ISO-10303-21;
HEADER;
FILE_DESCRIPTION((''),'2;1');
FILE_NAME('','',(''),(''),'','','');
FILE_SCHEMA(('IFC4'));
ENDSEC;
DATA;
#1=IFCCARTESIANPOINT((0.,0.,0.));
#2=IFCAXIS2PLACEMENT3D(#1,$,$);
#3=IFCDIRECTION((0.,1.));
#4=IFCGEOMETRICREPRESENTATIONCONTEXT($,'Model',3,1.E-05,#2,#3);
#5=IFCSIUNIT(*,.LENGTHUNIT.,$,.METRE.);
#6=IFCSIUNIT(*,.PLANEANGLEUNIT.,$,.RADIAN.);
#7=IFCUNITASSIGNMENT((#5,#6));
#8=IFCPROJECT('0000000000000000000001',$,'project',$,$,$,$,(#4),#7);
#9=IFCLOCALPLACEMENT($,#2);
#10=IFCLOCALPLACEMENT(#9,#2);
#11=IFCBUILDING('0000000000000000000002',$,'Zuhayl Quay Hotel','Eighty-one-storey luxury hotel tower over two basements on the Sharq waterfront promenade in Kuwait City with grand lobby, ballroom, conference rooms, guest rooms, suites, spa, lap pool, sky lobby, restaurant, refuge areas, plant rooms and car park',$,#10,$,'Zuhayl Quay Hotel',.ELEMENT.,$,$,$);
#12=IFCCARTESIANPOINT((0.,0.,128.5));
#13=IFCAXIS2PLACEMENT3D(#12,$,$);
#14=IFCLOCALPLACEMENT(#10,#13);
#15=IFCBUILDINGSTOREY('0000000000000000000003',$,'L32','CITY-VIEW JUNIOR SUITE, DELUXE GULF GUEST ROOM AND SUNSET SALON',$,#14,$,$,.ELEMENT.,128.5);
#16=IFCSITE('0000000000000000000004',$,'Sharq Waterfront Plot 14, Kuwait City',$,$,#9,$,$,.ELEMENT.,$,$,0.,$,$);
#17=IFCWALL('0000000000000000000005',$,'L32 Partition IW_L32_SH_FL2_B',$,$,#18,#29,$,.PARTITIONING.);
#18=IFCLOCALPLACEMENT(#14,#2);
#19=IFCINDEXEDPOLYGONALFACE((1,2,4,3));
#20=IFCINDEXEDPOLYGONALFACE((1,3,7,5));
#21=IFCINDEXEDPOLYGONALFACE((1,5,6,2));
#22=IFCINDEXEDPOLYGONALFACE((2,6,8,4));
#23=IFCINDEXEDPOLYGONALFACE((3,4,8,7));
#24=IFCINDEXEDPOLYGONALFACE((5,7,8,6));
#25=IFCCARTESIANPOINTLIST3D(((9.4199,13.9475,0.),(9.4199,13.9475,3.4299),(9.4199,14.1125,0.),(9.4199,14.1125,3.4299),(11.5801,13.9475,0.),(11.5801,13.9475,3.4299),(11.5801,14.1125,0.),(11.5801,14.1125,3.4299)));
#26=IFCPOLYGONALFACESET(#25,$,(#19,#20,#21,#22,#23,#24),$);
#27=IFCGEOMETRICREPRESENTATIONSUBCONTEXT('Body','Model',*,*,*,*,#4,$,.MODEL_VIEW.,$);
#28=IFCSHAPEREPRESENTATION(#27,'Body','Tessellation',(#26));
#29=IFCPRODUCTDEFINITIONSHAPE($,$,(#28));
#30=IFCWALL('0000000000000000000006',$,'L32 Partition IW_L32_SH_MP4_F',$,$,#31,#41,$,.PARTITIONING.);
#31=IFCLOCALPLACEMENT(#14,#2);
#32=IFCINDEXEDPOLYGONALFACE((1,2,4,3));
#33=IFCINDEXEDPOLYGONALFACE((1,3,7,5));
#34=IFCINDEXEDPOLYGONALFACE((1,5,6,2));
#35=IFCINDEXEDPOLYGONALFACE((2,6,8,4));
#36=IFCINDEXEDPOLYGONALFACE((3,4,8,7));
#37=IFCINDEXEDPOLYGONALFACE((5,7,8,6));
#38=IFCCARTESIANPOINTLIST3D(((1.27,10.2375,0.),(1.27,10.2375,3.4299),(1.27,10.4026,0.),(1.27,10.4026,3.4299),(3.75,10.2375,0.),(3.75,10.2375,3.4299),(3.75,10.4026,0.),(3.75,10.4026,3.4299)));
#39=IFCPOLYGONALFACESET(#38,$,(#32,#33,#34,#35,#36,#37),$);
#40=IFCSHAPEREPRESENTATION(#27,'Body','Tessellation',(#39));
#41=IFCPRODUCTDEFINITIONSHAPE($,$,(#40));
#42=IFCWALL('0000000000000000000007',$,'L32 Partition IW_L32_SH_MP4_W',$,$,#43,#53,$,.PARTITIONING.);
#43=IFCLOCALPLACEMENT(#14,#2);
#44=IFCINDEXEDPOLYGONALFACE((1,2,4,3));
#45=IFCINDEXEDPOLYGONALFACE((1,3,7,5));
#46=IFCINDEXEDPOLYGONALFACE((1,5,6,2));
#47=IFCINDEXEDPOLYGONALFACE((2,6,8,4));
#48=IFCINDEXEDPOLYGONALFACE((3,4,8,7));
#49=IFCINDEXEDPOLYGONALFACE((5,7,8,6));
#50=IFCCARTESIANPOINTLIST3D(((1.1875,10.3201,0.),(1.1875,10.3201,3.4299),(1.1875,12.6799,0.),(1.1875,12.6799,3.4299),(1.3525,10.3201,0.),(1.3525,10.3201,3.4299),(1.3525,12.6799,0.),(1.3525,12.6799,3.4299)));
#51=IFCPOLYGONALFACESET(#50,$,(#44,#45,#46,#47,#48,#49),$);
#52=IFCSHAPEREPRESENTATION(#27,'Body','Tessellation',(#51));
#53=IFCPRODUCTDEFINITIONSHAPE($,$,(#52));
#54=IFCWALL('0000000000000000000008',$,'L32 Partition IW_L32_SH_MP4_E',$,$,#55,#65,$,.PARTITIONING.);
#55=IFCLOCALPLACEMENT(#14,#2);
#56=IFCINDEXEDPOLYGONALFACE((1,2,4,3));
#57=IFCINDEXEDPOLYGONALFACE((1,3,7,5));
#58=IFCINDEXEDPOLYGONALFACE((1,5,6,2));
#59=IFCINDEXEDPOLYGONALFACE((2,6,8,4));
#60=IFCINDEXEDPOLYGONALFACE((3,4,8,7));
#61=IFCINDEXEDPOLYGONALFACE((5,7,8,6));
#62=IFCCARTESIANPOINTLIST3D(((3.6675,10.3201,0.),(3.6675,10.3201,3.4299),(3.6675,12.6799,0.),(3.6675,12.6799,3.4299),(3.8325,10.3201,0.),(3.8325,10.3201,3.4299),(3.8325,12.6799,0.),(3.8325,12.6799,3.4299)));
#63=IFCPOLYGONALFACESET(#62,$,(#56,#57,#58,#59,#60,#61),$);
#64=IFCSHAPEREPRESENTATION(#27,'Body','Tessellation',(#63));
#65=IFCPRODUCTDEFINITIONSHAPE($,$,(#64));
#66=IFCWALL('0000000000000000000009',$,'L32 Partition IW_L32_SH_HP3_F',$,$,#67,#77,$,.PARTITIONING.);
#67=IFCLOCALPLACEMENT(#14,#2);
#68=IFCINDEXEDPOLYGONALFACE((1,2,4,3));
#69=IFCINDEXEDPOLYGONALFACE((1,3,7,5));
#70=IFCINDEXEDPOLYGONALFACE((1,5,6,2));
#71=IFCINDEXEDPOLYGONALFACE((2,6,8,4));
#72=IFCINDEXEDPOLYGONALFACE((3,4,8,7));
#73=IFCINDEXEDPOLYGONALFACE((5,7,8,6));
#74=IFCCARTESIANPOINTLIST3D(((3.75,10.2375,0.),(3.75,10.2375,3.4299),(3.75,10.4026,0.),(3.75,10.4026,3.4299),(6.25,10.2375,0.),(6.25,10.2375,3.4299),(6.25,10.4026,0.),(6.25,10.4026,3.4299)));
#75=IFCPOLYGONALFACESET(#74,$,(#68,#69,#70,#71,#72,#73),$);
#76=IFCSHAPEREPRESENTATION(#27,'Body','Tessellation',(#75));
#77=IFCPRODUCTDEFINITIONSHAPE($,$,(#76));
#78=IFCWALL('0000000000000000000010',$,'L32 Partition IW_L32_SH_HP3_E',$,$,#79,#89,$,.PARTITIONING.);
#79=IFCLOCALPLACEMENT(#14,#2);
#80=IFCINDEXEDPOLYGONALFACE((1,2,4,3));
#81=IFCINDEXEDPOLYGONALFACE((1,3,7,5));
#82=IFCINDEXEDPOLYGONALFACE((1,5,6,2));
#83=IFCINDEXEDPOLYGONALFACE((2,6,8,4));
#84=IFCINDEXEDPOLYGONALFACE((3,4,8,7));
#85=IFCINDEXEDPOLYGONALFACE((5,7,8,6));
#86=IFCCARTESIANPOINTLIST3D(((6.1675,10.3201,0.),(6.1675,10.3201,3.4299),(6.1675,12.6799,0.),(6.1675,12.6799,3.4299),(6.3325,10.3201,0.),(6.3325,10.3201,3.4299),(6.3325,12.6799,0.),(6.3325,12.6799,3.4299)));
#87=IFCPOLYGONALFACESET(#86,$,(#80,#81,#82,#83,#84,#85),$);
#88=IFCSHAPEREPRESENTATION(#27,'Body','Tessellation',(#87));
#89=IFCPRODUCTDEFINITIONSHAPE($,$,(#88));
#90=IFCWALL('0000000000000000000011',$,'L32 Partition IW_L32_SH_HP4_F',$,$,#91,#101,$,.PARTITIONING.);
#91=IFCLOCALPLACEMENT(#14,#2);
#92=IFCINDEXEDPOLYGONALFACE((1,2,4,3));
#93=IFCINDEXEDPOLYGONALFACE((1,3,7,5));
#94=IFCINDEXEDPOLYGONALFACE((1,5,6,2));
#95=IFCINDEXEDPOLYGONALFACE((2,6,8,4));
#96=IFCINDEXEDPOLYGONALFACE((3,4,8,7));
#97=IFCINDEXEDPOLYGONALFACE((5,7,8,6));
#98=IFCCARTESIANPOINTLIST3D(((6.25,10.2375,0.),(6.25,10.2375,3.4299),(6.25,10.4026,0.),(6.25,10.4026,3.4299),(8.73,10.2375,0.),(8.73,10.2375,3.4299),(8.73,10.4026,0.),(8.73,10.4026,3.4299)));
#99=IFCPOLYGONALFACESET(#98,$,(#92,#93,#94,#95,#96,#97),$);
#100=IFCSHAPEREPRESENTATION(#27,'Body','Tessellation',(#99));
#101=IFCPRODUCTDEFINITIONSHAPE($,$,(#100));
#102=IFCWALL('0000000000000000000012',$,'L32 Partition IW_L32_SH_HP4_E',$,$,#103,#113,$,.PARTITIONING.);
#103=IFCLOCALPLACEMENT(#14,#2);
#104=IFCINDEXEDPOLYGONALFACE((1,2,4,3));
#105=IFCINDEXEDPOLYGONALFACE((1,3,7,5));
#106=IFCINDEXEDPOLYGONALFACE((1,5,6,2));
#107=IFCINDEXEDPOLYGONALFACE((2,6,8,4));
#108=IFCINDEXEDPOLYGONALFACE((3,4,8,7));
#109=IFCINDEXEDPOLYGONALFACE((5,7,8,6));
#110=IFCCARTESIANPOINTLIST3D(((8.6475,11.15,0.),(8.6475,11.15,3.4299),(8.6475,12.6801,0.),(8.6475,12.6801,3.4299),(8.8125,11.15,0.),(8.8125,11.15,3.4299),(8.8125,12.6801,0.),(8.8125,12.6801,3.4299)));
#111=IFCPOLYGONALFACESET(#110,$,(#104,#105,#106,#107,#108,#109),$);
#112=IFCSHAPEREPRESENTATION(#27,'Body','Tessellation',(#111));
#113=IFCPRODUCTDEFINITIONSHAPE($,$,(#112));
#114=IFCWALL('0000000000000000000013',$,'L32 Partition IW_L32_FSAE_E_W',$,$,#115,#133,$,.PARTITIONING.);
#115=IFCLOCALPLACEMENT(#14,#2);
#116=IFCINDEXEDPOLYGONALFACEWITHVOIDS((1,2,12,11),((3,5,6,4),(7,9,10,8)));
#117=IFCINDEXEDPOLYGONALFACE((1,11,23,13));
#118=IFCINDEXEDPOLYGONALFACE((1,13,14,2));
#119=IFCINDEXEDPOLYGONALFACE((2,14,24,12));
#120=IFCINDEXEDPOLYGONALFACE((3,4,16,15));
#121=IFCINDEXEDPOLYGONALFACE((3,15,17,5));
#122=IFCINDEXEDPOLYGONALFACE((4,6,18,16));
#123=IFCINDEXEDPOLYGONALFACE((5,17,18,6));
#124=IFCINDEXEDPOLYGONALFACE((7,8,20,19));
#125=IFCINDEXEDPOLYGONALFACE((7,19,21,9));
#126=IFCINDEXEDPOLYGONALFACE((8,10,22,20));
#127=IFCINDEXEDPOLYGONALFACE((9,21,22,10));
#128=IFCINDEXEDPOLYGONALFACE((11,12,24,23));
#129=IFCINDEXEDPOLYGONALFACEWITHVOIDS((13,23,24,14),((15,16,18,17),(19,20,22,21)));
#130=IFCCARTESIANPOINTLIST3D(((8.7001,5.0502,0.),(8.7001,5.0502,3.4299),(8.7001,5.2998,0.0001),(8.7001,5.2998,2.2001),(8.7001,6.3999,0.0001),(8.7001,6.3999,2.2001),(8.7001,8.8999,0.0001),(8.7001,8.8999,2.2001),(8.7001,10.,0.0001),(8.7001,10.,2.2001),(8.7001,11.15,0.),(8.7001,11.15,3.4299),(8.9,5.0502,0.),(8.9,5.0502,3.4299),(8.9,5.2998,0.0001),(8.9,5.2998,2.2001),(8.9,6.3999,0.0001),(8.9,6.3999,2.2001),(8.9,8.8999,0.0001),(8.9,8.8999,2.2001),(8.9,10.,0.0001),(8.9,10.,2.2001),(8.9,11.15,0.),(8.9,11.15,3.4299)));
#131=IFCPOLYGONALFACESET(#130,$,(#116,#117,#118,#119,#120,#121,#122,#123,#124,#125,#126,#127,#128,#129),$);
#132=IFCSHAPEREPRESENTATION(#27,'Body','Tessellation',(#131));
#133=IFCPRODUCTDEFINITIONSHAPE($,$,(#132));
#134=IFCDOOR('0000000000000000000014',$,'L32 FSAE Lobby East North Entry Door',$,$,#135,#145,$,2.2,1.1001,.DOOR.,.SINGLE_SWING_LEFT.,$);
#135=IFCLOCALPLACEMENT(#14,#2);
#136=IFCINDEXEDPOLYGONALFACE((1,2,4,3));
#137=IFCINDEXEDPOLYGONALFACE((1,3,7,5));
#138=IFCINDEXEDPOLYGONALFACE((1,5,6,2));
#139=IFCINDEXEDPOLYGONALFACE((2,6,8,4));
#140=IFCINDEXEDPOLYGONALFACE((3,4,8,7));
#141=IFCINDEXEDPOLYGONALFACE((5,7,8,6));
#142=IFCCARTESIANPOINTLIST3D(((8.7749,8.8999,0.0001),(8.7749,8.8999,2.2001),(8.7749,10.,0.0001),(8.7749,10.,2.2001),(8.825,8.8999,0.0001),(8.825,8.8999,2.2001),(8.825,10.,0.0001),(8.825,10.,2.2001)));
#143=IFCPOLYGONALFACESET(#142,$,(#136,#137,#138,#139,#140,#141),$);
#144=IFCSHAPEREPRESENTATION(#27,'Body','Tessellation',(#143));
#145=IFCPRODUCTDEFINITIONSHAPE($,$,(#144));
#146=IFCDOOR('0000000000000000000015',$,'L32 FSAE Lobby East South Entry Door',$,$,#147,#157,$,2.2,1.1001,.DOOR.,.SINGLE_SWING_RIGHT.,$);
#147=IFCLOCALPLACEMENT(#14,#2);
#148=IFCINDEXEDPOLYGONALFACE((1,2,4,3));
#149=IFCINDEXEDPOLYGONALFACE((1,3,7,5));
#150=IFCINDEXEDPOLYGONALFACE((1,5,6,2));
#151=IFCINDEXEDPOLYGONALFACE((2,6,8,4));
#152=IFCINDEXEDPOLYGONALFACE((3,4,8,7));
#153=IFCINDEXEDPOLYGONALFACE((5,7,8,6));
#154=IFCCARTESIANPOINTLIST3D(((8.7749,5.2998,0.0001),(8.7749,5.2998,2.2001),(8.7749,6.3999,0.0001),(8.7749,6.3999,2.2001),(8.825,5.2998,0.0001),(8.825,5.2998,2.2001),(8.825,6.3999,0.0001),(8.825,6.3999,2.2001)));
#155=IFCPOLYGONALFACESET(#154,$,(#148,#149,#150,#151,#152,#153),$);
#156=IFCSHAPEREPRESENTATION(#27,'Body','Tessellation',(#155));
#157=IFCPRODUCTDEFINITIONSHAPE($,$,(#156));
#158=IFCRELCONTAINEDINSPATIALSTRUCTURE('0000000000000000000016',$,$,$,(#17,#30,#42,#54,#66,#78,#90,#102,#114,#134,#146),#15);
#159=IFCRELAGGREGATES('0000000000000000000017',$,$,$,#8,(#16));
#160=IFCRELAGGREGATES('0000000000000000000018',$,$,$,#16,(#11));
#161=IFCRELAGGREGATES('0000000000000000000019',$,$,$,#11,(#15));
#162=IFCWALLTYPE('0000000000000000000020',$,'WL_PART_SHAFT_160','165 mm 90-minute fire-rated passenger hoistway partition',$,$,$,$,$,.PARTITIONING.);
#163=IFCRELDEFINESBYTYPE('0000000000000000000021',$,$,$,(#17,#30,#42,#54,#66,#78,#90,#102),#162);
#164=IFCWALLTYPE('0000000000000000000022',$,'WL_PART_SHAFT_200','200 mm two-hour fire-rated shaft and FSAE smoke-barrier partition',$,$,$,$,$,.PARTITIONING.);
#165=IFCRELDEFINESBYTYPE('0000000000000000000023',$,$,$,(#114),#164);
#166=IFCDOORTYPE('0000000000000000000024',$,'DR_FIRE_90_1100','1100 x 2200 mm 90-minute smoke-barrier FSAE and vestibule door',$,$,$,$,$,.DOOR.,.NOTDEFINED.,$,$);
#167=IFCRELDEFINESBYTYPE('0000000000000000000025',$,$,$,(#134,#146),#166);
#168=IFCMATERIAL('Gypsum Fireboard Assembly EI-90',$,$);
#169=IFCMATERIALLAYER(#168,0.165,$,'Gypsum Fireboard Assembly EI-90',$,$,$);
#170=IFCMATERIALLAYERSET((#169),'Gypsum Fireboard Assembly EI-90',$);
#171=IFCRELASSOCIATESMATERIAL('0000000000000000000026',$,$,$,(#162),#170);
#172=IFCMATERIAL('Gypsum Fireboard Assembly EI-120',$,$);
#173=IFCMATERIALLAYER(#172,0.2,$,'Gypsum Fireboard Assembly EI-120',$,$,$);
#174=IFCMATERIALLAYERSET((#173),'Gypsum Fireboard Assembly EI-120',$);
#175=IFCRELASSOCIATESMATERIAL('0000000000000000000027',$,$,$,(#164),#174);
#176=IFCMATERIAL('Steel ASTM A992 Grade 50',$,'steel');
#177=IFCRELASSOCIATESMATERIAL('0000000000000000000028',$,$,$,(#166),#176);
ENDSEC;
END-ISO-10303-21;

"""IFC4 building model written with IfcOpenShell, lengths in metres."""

from ifc_helpers import new_model, si_unit, direction, frame, frame_2d, origin, place, context, subcontext, project, spatial, rectangle, extrude, material, layer, layer_set, type_object, element, fill, save


model = new_model("IFC4")

# Units and contexts
model_context = context("Model", 3, precision=1e-05, world=origin(), true_north=direction((0.0, 1.0)))
body_context = subcontext(model_context, "Body", "Model", "MODEL_VIEW")
ifc_project = project(units=[si_unit("LENGTHUNIT", "METRE"), si_unit("PLANEANGLEUNIT", "RADIAN")], contexts=[model_context])

# Site, building, storey
site_placement = place(None, origin())
site = spatial("IfcSite", under=ifc_project, at=site_placement, Name="Sharq Waterfront Plot 14, Kuwait City", CompositionType="ELEMENT", RefElevation=0.0)
building_placement = place(site_placement, origin())
building = spatial("IfcBuilding", under=site, at=building_placement, Name="Zuhayl Quay Hotel", Description="Eighty-one-storey luxury hotel tower over two basements on the Sharq waterfront promenade in Kuwait City with grand lobby, ballroom, conference rooms, guest rooms, suites, spa, lap pool, sky lobby, restaurant, refuge areas, plant rooms and car park", LongName="Zuhayl Quay Hotel", CompositionType="ELEMENT")
storey_placement = place(building_placement, frame((0.0, 0.0, 128.5)))
storey = spatial("IfcBuildingStorey", under=building, at=storey_placement, Name="L32", Description="CITY-VIEW JUNIOR SUITE, DELUXE GULF GUEST ROOM AND SUNSET SALON", CompositionType="ELEMENT", Elevation=128.5)

# Shared definitions
ifc_material_1 = material(Name="Steel ASTM A992 Grade 50", Category="steel")

# Shared definitions
ifc_material_2 = material(Name="Gypsum Fireboard Assembly EI-90")
ifc_layer_1 = layer(ifc_material_2, 0.165, Name="Gypsum Fireboard Assembly EI-90")
ifc_layer_set_1 = layer_set([ifc_layer_1], Name="Gypsum Fireboard Assembly EI-90")
wall_type_1 = type_object("IfcWallType", Name="WL_PART_SHAFT_160", Description="165 mm 90-minute fire-rated passenger hoistway partition", PredefinedType="PARTITIONING", material=ifc_layer_set_1)

# Walls
wall_1_placement = place(storey_placement, frame((9.4199, 14.03, 0.0), z_axis=(0.0, 0.0, 1.0), x_axis=(1.0, 0.0, 0.0)))
element("IfcWall", 1, at=wall_1_placement, inside=storey, type_object=wall_type_1, Name="L32 Partition IW_L32_SH_FL2_B", PredefinedType="PARTITIONING", context=body_context, shape_type="SweptSolid", body=[
    extrude(rectangle(XDim=2.1602, YDim=0.165, at=frame_2d((1.0801, 0.0))), origin(), (0.0, 0.0, 1.0), 3.4299),
])
wall_2_placement = place(storey_placement, frame((1.27, 10.3201, 0.0), z_axis=(0.0, 0.0, 1.0), x_axis=(1.0, 0.0, 0.0)))
element("IfcWall", 2, at=wall_2_placement, inside=storey, type_object=wall_type_1, Name="L32 Partition IW_L32_SH_MP4_F", PredefinedType="PARTITIONING", context=body_context, shape_type="SweptSolid", body=[
    extrude(rectangle(XDim=2.48, YDim=0.165, at=frame_2d((1.24, 0.0))), origin(), (0.0, 0.0, 1.0), 3.4299),
])
for number, where, z_axis, x_axis, name in (
    (3, (1.27, 10.3201, 0.0), (0.0, 0.0, 1.0), (0.0, 1.0, 0.0), "L32 Partition IW_L32_SH_MP4_W"),
    (4, (3.75, 10.3201, 0.0), (0.0, 0.0, 1.0), (0.0, 1.0, 0.0), "L32 Partition IW_L32_SH_MP4_E"),
):
    element("IfcWall", number, at=place(storey_placement, frame(where, z_axis=z_axis, x_axis=x_axis)), inside=storey, type_object=wall_type_1, Name=name, PredefinedType="PARTITIONING", context=body_context, shape_type="SweptSolid", body=[
        extrude(rectangle(XDim=2.3599, YDim=0.165, at=frame_2d((1.1799, 0.0))), origin(), (0.0, 0.0, 1.0), 3.4299),
    ])
wall_3_placement = place(storey_placement, frame((3.75, 10.3201, 0.0), z_axis=(0.0, 0.0, 1.0), x_axis=(1.0, 0.0, 0.0)))
element("IfcWall", 5, at=wall_3_placement, inside=storey, type_object=wall_type_1, Name="L32 Partition IW_L32_SH_HP3_F", PredefinedType="PARTITIONING", context=body_context, shape_type="SweptSolid", body=[
    extrude(rectangle(XDim=2.5, YDim=0.165, at=frame_2d((1.25, 0.0))), origin(), (0.0, 0.0, 1.0), 3.4299),
])
wall_4_placement = place(storey_placement, frame((6.25, 10.3201, 0.0), z_axis=(0.0, 0.0, 1.0), x_axis=(0.0, 1.0, 0.0)))
element("IfcWall", 6, at=wall_4_placement, inside=storey, type_object=wall_type_1, Name="L32 Partition IW_L32_SH_HP3_E", PredefinedType="PARTITIONING", context=body_context, shape_type="SweptSolid", body=[
    extrude(rectangle(XDim=2.3599, YDim=0.165, at=frame_2d((1.1799, 0.0))), origin(), (0.0, 0.0, 1.0), 3.4299),
])
wall_5_placement = place(storey_placement, frame((6.25, 10.3201, 0.0), z_axis=(0.0, 0.0, 1.0), x_axis=(1.0, 0.0, 0.0)))
element("IfcWall", 7, at=wall_5_placement, inside=storey, type_object=wall_type_1, Name="L32 Partition IW_L32_SH_HP4_F", PredefinedType="PARTITIONING", context=body_context, shape_type="SweptSolid", body=[
    extrude(rectangle(XDim=2.48, YDim=0.165, at=frame_2d((1.24, 0.0))), origin(), (0.0, 0.0, 1.0), 3.4299),
])
wall_6_placement = place(storey_placement, frame((8.73, 11.1499, 0.0), z_axis=(0.0, 0.0, 1.0), x_axis=(0.0, 1.0, 0.0)))
element("IfcWall", 8, at=wall_6_placement, inside=storey, type_object=wall_type_1, Name="L32 Partition IW_L32_SH_HP4_E", PredefinedType="PARTITIONING", context=body_context, shape_type="SweptSolid", body=[
    extrude(rectangle(XDim=1.53, YDim=0.165, at=frame_2d((0.7651, 0.0))), origin(), (0.0, 0.0, 1.0), 3.4299),
])

# Wall, openings, doors
ifc_material_3 = material(Name="Gypsum Fireboard Assembly EI-120")
ifc_layer_2 = layer(ifc_material_3, 0.2, Name="Gypsum Fireboard Assembly EI-120")
ifc_layer_set_2 = layer_set([ifc_layer_2], Name="Gypsum Fireboard Assembly EI-120")
wall_type_2 = type_object("IfcWallType", Name="WL_PART_SHAFT_200", Description="200 mm two-hour fire-rated shaft and FSAE smoke-barrier partition", PredefinedType="PARTITIONING", material=ifc_layer_set_2)
wall_7_placement = place(storey_placement, frame((8.8, 11.1499, 0.0), z_axis=(0.0, 0.0, 1.0), x_axis=(0.0, -1.0, 0.0)))
wall_7 = element("IfcWall", 9, at=wall_7_placement, inside=storey, type_object=wall_type_2, Name="L32 Partition IW_L32_FSAE_E_W", PredefinedType="PARTITIONING", context=body_context, shape_type="SweptSolid", body=[
    extrude(rectangle(XDim=6.0999, YDim=0.2, at=frame_2d((3.0498, 0.0))), origin(), (0.0, 0.0, 1.0), 3.4299),
])
opening_1_placement = place(wall_7_placement, frame((1.1499, 0.0, 0.0)))
opening_1 = element("IfcOpeningElement", 10, at=opening_1_placement, cuts=wall_7, PredefinedType="OPENING", context=body_context, shape_type="SweptSolid", body=[
    extrude(rectangle(XDim=1.1001, YDim=2.2, at=frame_2d((0.55, 1.1001))), frame((0.0, 0.1099, 0.0), z_axis=(0.0, -1.0, 0.0), x_axis=(1.0, 0.0, 0.0)), (0.0, 0.0, 1.0), 0.22),
])
opening_2_placement = place(wall_7_placement, frame((4.75, 0.0, 0.0)))
opening_2 = element("IfcOpeningElement", 11, at=opening_2_placement, cuts=wall_7, PredefinedType="OPENING", context=body_context, shape_type="SweptSolid", body=[
    extrude(rectangle(XDim=1.1001, YDim=2.2, at=frame_2d((0.55, 1.1001))), frame((0.0, 0.1099, 0.0), z_axis=(0.0, -1.0, 0.0), x_axis=(1.0, 0.0, 0.0)), (0.0, 0.0, 1.0), 0.22),
])
door_type_1 = type_object("IfcDoorType", Name="DR_FIRE_90_1100", Description="1100 x 2200 mm 90-minute smoke-barrier FSAE and vestibule door", OperationType="NOTDEFINED", PredefinedType="DOOR", material=ifc_material_1)
door_1_placement = place(opening_1_placement, origin())
door_1 = element("IfcDoor", 12, at=door_1_placement, inside=storey, type_object=door_type_1, Name="L32 FSAE Lobby East North Entry Door", OperationType="SINGLE_SWING_LEFT", OverallHeight=2.2, OverallWidth=1.1001, PredefinedType="DOOR", context=body_context, shape_type="SweptSolid", body=[
    extrude(rectangle(XDim=1.1001, YDim=2.2, at=frame_2d((0.55, 1.1001))), frame((0.0, 0.0249, 0.0), z_axis=(0.0, -1.0, 0.0), x_axis=(1.0, 0.0, 0.0)), (0.0, 0.0, 1.0), 0.05),
])
fill(opening_1, door_1)
door_2_placement = place(opening_2_placement, origin())
door_2 = element("IfcDoor", 13, at=door_2_placement, inside=storey, type_object=door_type_1, Name="L32 FSAE Lobby East South Entry Door", OperationType="SINGLE_SWING_RIGHT", OverallHeight=2.2, OverallWidth=1.1001, PredefinedType="DOOR", context=body_context, shape_type="SweptSolid", body=[
    extrude(rectangle(XDim=1.1001, YDim=2.2, at=frame_2d((0.55, 1.1001))), frame((0.0, 0.0249, 0.0), z_axis=(0.0, -1.0, 0.0), x_axis=(1.0, 0.0, 0.0)), (0.0, 0.0, 1.0), 0.05),
])
fill(opening_2, door_2)

save(model, "model.ifc")
